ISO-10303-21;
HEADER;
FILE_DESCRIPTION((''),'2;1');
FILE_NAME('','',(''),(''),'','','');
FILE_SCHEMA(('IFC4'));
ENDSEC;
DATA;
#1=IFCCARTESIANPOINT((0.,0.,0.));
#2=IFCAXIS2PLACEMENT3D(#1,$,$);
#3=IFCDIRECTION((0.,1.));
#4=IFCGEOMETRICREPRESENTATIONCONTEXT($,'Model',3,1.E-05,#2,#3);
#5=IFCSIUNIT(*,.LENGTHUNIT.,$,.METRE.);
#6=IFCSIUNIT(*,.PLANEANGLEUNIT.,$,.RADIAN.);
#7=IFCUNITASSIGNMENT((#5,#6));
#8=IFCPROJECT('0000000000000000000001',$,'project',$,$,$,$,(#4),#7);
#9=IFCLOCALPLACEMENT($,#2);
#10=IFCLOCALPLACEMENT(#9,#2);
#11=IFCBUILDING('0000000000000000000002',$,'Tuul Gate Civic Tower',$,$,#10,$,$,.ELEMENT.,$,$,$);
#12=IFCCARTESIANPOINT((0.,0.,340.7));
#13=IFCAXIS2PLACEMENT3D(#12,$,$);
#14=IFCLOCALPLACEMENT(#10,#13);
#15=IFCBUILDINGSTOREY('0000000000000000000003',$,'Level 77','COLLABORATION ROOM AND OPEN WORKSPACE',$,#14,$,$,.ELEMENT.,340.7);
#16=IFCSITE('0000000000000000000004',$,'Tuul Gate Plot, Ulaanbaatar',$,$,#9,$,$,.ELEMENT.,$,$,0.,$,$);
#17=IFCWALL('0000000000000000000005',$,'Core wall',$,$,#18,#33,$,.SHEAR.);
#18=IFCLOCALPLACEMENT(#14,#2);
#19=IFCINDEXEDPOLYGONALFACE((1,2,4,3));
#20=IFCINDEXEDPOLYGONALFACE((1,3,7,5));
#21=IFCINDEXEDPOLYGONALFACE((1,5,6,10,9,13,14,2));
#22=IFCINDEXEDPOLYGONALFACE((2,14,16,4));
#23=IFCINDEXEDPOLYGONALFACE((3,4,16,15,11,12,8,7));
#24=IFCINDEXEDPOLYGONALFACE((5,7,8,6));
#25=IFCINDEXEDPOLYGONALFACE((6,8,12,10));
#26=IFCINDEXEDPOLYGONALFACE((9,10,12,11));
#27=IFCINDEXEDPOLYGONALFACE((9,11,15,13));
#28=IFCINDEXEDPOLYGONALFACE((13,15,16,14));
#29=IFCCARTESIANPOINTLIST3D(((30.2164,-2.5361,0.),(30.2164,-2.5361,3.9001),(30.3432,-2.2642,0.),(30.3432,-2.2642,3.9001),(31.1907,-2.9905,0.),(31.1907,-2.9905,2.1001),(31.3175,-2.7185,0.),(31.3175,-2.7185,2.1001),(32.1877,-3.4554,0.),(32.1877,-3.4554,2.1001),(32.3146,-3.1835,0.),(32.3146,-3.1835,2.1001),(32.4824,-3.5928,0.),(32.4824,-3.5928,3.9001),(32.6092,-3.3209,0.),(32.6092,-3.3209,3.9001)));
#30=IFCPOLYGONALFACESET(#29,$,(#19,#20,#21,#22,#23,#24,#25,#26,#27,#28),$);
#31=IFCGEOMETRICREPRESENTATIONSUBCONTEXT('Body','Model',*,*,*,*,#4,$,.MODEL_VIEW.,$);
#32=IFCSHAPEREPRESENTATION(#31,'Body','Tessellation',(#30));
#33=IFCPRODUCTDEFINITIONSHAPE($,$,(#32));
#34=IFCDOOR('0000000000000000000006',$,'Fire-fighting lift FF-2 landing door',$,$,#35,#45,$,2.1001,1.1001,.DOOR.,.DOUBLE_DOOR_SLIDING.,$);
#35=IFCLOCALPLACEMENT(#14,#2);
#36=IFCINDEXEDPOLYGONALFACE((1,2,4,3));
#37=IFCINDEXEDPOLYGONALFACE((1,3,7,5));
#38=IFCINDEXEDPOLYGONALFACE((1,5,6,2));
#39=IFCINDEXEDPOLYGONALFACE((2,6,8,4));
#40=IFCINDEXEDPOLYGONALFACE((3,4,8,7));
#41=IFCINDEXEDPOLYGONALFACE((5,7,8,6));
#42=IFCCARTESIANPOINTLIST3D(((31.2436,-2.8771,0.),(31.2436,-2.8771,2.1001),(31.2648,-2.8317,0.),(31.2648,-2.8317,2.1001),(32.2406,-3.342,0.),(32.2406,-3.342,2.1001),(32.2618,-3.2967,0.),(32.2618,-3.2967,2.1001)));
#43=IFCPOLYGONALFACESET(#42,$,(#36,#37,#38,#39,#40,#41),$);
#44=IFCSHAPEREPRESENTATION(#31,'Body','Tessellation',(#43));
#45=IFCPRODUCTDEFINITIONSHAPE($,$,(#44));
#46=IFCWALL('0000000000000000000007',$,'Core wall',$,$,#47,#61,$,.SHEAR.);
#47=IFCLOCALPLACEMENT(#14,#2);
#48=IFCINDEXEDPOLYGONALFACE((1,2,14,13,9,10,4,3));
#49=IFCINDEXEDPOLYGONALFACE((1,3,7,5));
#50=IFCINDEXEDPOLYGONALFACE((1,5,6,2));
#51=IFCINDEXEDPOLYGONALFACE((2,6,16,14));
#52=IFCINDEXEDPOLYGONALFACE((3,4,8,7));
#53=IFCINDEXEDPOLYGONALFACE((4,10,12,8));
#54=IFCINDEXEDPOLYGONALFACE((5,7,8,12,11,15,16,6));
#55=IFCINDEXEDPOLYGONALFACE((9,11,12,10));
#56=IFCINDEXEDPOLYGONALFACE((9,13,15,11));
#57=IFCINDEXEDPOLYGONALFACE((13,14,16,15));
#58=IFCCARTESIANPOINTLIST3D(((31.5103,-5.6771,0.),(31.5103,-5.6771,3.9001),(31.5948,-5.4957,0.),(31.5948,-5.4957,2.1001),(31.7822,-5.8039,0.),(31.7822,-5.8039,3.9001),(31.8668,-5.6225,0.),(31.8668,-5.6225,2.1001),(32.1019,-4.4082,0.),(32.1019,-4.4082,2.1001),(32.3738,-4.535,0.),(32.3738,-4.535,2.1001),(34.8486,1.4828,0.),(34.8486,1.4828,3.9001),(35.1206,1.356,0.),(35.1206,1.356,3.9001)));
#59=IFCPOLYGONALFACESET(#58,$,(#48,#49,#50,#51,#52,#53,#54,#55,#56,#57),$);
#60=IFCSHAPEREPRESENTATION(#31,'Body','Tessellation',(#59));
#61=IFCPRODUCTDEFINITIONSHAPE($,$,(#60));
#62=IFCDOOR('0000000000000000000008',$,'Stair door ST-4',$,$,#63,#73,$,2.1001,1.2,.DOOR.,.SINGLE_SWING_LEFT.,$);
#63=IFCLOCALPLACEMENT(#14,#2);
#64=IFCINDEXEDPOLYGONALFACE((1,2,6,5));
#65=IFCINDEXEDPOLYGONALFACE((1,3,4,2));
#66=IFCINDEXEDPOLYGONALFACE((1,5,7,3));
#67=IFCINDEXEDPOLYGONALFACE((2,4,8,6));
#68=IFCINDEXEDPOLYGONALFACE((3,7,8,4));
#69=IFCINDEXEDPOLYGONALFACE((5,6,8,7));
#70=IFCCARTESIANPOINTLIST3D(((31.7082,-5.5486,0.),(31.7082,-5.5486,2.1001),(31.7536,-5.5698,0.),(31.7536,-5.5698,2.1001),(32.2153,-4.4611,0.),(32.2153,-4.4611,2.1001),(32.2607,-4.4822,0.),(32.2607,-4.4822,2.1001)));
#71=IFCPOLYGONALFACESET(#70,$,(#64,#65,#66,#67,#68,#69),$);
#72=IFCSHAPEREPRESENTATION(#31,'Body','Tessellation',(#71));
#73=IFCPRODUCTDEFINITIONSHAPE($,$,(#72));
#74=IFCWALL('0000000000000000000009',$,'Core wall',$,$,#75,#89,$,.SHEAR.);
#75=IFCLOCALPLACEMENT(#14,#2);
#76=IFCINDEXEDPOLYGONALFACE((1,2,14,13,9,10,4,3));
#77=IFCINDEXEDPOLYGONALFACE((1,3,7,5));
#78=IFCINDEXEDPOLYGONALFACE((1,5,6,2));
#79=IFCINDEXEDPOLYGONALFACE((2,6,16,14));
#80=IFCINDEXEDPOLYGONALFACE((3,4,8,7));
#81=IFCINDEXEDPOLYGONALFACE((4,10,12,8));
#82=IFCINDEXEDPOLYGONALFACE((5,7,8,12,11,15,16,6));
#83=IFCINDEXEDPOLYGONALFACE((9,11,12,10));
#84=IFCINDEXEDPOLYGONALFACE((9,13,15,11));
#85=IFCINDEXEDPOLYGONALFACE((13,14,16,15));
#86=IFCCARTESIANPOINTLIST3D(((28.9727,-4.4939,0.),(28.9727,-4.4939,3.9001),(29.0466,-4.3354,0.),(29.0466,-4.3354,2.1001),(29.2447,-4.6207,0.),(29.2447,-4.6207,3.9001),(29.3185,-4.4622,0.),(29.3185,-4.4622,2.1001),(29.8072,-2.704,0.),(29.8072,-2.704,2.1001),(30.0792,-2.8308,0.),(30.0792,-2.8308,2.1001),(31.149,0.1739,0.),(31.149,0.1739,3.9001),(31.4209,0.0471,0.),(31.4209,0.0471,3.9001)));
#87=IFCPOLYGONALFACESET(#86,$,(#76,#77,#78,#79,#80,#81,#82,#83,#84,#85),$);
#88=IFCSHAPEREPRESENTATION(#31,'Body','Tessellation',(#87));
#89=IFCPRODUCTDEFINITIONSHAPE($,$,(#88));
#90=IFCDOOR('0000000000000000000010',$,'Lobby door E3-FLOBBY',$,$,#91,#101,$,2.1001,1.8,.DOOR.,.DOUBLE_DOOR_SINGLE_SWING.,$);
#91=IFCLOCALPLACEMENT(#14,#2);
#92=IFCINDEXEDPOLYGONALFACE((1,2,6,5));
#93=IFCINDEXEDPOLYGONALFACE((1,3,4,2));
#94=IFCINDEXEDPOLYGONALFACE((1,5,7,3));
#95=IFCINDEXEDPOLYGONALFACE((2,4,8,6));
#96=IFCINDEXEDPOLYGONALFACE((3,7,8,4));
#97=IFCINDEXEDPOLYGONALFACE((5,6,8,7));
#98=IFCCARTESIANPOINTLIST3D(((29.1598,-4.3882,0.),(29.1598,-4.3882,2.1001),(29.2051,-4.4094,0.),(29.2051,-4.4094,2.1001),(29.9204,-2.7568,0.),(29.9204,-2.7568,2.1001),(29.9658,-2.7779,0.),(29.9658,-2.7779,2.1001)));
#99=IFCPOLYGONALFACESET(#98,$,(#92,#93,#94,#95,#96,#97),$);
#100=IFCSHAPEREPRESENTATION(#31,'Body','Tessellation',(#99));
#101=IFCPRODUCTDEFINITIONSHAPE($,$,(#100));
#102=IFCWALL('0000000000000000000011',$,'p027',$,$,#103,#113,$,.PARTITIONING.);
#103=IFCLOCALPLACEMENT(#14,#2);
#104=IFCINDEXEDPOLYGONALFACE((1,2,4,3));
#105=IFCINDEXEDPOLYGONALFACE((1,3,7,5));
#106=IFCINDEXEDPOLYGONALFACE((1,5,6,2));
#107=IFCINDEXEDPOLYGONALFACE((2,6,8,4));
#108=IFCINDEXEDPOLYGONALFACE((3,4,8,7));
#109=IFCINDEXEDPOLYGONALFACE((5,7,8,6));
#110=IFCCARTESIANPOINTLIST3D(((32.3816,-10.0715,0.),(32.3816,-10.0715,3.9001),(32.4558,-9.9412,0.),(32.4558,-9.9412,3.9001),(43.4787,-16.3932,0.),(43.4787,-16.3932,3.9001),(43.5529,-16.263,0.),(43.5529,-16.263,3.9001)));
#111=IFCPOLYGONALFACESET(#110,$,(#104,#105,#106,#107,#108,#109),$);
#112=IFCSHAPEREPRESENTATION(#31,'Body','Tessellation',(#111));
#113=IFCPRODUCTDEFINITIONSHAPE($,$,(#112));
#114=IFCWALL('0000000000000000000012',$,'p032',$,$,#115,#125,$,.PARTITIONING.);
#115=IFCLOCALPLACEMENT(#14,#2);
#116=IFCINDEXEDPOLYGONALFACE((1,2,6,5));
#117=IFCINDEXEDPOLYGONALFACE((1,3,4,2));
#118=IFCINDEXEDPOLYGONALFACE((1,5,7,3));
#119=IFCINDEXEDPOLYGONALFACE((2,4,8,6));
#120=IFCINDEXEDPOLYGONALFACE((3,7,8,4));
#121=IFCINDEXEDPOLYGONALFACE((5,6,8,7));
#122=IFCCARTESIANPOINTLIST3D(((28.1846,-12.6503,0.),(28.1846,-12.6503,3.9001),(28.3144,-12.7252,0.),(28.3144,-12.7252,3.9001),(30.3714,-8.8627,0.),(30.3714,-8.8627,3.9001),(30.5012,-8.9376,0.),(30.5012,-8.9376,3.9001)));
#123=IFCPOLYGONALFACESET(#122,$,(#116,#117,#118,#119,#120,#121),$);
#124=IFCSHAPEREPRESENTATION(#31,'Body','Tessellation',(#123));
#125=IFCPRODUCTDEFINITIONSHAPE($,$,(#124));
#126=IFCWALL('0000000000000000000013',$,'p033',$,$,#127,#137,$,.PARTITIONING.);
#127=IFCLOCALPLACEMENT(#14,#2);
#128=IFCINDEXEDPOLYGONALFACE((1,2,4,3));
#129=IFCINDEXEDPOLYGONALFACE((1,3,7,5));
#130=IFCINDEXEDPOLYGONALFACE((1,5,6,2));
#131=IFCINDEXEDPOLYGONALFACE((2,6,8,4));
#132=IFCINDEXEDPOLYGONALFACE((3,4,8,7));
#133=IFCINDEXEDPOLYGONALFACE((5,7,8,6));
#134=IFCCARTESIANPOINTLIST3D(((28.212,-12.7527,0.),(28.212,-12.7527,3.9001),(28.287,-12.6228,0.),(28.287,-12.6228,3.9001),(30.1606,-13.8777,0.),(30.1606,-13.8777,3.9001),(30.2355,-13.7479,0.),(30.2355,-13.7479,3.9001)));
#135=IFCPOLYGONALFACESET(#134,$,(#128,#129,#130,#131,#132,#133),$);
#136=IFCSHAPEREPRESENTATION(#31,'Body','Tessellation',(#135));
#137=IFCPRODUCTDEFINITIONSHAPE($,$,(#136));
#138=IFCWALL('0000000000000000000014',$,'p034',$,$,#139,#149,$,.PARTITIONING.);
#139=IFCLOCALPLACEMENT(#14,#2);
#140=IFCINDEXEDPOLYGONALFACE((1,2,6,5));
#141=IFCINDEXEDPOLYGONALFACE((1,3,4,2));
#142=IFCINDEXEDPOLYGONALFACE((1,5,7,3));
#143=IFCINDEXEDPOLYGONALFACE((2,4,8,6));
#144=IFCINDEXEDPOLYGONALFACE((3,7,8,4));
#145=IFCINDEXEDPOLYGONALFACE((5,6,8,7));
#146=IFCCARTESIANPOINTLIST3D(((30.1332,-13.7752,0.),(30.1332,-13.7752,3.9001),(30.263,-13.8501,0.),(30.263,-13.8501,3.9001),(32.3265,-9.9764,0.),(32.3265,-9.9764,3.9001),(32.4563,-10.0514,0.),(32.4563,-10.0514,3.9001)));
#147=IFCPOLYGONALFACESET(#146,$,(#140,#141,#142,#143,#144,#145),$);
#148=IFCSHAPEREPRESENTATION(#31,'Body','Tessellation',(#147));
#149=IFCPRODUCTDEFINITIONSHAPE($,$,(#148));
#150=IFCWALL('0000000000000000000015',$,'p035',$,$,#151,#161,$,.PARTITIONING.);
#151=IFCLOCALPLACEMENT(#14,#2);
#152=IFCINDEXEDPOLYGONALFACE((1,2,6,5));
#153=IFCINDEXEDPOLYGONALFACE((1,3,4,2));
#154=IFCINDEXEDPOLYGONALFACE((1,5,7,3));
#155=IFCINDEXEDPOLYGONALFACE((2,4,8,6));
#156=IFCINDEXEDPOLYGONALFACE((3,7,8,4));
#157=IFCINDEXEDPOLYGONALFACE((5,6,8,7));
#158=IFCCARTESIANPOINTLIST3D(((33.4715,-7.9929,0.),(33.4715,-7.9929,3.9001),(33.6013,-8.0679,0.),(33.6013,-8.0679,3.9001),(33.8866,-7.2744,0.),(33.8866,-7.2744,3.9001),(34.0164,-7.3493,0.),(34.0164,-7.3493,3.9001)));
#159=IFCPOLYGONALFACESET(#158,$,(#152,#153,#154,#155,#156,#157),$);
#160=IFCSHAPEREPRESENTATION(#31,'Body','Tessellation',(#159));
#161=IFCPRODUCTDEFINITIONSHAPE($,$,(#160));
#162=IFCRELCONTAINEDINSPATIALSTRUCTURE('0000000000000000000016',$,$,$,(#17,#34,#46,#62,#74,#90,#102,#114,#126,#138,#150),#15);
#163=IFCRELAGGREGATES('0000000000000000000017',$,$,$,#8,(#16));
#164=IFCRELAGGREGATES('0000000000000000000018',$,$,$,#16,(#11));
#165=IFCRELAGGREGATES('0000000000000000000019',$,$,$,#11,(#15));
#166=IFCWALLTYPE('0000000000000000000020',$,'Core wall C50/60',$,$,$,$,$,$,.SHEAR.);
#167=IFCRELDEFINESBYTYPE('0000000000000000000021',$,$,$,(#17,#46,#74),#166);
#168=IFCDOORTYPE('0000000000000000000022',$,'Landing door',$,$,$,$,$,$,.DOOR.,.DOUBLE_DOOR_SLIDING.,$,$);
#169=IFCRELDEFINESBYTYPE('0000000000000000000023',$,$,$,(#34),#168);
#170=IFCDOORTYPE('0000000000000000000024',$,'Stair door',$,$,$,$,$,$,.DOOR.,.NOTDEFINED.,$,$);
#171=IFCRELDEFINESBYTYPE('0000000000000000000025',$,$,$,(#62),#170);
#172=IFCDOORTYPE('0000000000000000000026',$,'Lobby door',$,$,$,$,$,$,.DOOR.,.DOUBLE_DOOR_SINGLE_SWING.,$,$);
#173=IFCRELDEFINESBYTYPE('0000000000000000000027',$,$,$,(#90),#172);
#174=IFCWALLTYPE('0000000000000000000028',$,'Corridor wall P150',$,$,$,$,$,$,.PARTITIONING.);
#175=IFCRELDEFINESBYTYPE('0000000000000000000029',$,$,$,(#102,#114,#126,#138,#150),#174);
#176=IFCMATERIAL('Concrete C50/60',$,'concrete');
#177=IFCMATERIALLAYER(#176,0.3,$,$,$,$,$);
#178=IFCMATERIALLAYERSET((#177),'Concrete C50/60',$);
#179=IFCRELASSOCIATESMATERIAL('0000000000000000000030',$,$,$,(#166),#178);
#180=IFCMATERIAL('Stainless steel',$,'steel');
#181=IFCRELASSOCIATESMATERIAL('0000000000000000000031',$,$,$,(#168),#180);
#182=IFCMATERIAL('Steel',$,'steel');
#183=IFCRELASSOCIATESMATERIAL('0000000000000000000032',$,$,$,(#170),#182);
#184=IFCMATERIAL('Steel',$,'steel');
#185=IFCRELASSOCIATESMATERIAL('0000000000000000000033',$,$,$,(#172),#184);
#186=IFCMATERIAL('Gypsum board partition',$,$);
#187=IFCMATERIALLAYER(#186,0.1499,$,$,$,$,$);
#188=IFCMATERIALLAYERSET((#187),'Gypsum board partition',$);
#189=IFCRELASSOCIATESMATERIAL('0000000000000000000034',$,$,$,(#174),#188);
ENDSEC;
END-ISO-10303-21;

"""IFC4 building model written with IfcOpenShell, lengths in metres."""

from ifc_helpers import new_model, si_unit, direction, frame, frame_2d, origin, place, context, subcontext, project, spatial, rectangle, extrude, material, layer, layer_set, type_object, element, fill, save


model = new_model("IFC4")

# Units and contexts
model_context = context("Model", 3, precision=1e-05, world=origin(), true_north=direction((0.0, 1.0)))
body_context = subcontext(model_context, "Body", "Model", "MODEL_VIEW")
ifc_project = project(units=[si_unit("LENGTHUNIT", "METRE"), si_unit("PLANEANGLEUNIT", "RADIAN")], contexts=[model_context])

# Site, building, storey
site_placement = place(None, origin())
site = spatial("IfcSite", under=ifc_project, at=site_placement, Name="Tuul Gate Plot, Ulaanbaatar", CompositionType="ELEMENT", RefElevation=0.0)
building_placement = place(site_placement, origin())
building = spatial("IfcBuilding", under=site, at=building_placement, Name="Tuul Gate Civic Tower", CompositionType="ELEMENT")
storey_placement = place(building_placement, frame((0.0, 0.0, 340.7)))
storey = spatial("IfcBuildingStorey", under=building, at=storey_placement, Name="Level 77", Description="COLLABORATION ROOM AND OPEN WORKSPACE", CompositionType="ELEMENT", Elevation=340.7)

# Walls, openings, doors
ifc_material_1 = material(Name="Concrete C50/60", Category="concrete")
ifc_layer_1 = layer(ifc_material_1, 0.3)
ifc_layer_set_1 = layer_set([ifc_layer_1], Name="Concrete C50/60")
wall_type_1 = type_object("IfcWallType", Name="Core wall C50/60", PredefinedType="SHEAR", material=ifc_layer_set_1)
wall_1_placement = place(storey_placement, frame((32.5457, -3.4568, 0.0), z_axis=(0.0, 0.0, 1.0), x_axis=(-0.9063, 0.422634, 0.0)))
wall_1 = element("IfcWall", 1, at=wall_1_placement, inside=storey, type_object=wall_type_1, Name="Core wall", PredefinedType="SHEAR", context=body_context, shape_type="SweptSolid", body=[
    extrude(rectangle(XDim=2.5002, YDim=0.3, at=frame_2d((1.25, 0.0))), origin(), (0.0, 0.0, 1.0), 3.9001),
])
opening_1_placement = place(wall_1_placement, frame((0.325, 0.0, 0.0)))
opening_1 = element("IfcOpeningElement", 2, at=opening_1_placement, cuts=wall_1, PredefinedType="OPENING", context=body_context, shape_type="SweptSolid", body=[
    extrude(rectangle(XDim=1.1001, YDim=2.1001, at=frame_2d((0.55, 1.05))), frame((0.0, 0.1602, 0.0), z_axis=(0.0, -1.0, 0.0), x_axis=(1.0, 0.0, 0.0)), (0.0, 0.0, 1.0), 0.3201),
])
ifc_material_2 = material(Name="Stainless steel", Category="steel")
door_type_1 = type_object("IfcDoorType", Name="Landing door", OperationType="DOUBLE_DOOR_SLIDING", PredefinedType="DOOR", material=ifc_material_2)
door_1_placement = place(opening_1_placement, origin())
door_1 = element("IfcDoor", 3, at=door_1_placement, inside=storey, type_object=door_type_1, Name="Fire-fighting lift FF-2 landing door", OperationType="DOUBLE_DOOR_SLIDING", OverallHeight=2.1001, OverallWidth=1.1001, PredefinedType="DOOR", context=body_context, shape_type="SweptSolid", body=[
    extrude(rectangle(XDim=1.1001, YDim=2.1001, at=frame_2d((0.55, 1.05))), frame((0.0, 0.0249, 0.0), z_axis=(0.0, -1.0, 0.0), x_axis=(1.0, 0.0, 0.0)), (0.0, 0.0, 1.0), 0.05),
])
fill(opening_1, door_1)
wall_2_placement = place(storey_placement, frame((31.6462, -5.7405, 0.0), z_axis=(0.0, 0.0, 1.0), x_axis=(0.422583, 0.906324, 0.0)))
wall_2 = element("IfcWall", 4, at=wall_2_placement, inside=storey, type_object=wall_type_1, Name="Core wall", PredefinedType="SHEAR", context=body_context, shape_type="SweptSolid", body=[
    extrude(rectangle(XDim=7.8999, YDim=0.3, at=frame_2d((3.95, 0.0))), origin(), (0.0, 0.0, 1.0), 3.9001),
])
opening_2_placement = place(wall_2_placement, frame((0.2, 0.0, 0.0)))
opening_2 = element("IfcOpeningElement", 5, at=opening_2_placement, cuts=wall_2, PredefinedType="OPENING", context=body_context, shape_type="SweptSolid", body=[
    extrude(rectangle(XDim=1.2, YDim=2.1001, at=frame_2d((0.6001, 1.05))), frame((0.0, 0.1602, 0.0), z_axis=(0.0, -1.0, 0.0), x_axis=(1.0, 0.0, 0.0)), (0.0, 0.0, 1.0), 0.3201),
])
ifc_material_3 = material(Name="Steel", Category="steel")
door_type_2 = type_object("IfcDoorType", Name="Stair door", OperationType="NOTDEFINED", PredefinedType="DOOR", material=ifc_material_3)
door_2_placement = place(opening_2_placement, origin())
door_2 = element("IfcDoor", 6, at=door_2_placement, inside=storey, type_object=door_type_2, Name="Stair door ST-4", OperationType="SINGLE_SWING_LEFT", OverallHeight=2.1001, OverallWidth=1.2, PredefinedType="DOOR", context=body_context, shape_type="SweptSolid", body=[
    extrude(rectangle(XDim=1.2, YDim=2.1001, at=frame_2d((0.6001, 1.05))), frame((0.0, 0.0249, 0.0), z_axis=(0.0, -1.0, 0.0), x_axis=(1.0, 0.0, 0.0)), (0.0, 0.0, 1.0), 0.05),
])
fill(opening_2, door_2)
wall_3_placement = place(storey_placement, frame((29.1086, -4.5574, 0.0), z_axis=(0.0, 0.0, 1.0), x_axis=(0.422566, 0.906332, 0.0)))
wall_3 = element("IfcWall", 7, at=wall_3_placement, inside=storey, type_object=wall_type_1, Name="Core wall", PredefinedType="SHEAR", context=body_context, shape_type="SweptSolid", body=[
    extrude(rectangle(XDim=5.1501, YDim=0.3, at=frame_2d((2.5752, 0.0))), origin(), (0.0, 0.0, 1.0), 3.9001),
])
opening_3_placement = place(wall_3_placement, frame((0.175, 0.0, 0.0)))
opening_3 = element("IfcOpeningElement", 8, at=opening_3_placement, cuts=wall_3, PredefinedType="OPENING", context=body_context, shape_type="SweptSolid", body=[
    extrude(rectangle(XDim=1.8, YDim=2.1001, at=frame_2d((0.8999, 1.05))), frame((0.0, 0.1602, 0.0), z_axis=(0.0, -1.0, 0.0), x_axis=(1.0, 0.0, 0.0)), (0.0, 0.0, 1.0), 0.3201),
])
ifc_material_4 = material(Name="Steel", Category="steel")
door_type_3 = type_object("IfcDoorType", Name="Lobby door", OperationType="DOUBLE_DOOR_SINGLE_SWING", PredefinedType="DOOR", material=ifc_material_4)
door_3_placement = place(opening_3_placement, frame((1.8, 0.0, 0.0), z_axis=(0.0, 0.0, 1.0), x_axis=(-1.0, 0.0, 0.0)))
door_3 = element("IfcDoor", 9, at=door_3_placement, inside=storey, type_object=door_type_3, Name="Lobby door E3-FLOBBY", OperationType="DOUBLE_DOOR_SINGLE_SWING", OverallHeight=2.1001, OverallWidth=1.8, PredefinedType="DOOR", context=body_context, shape_type="SweptSolid", body=[
    extrude(rectangle(XDim=1.8, YDim=2.1001, at=frame_2d((0.9001, 1.05))), frame((0.0, 0.0249, 0.0), z_axis=(0.0, -1.0, 0.0), x_axis=(1.0, 0.0, 0.0)), (0.0, 0.0, 1.0), 0.05),
])
fill(opening_3, door_3)

# Walls
ifc_material_5 = material(Name="Gypsum board partition")
ifc_layer_2 = layer(ifc_material_5, 0.1499)
ifc_layer_set_2 = layer_set([ifc_layer_2], Name="Gypsum board partition")
wall_type_2 = type_object("IfcWallType", Name="Corridor wall P150", PredefinedType="PARTITIONING", material=ifc_layer_set_2)
wall_4_placement = place(storey_placement, frame((32.4187, -10.0063, 0.0), z_axis=(0.0, 0.0, 1.0), x_axis=(0.868899, -0.49499, 0.0)))
element("IfcWall", 10, at=wall_4_placement, inside=storey, type_object=wall_type_2, Name="p027", PredefinedType="PARTITIONING", context=body_context, shape_type="SweptSolid", body=[
    extrude(rectangle(XDim=12.7715, YDim=0.1499, at=frame_2d((6.3857, 0.0))), origin(), (0.0, 0.0, 1.0), 3.9001),
])
wall_5_placement = place(storey_placement, frame((28.2495, -12.6877, 0.0), z_axis=(0.0, 0.0, 1.0), x_axis=(0.499999, 0.866026, 0.0)))
element("IfcWall", 11, at=wall_5_placement, inside=storey, type_object=wall_type_2, Name="p032", PredefinedType="PARTITIONING", context=body_context, shape_type="SweptSolid", body=[
    extrude(rectangle(XDim=4.3735, YDim=0.1499, at=frame_2d((2.1868, 0.0))), origin(), (0.0, 0.0, 1.0), 3.9001),
])
wall_6_placement = place(storey_placement, frame((28.2495, -12.6877, 0.0), z_axis=(0.0, 0.0, 1.0), x_axis=(0.866018, -0.500014, 0.0)))
element("IfcWall", 12, at=wall_6_placement, inside=storey, type_object=wall_type_2, Name="p033", PredefinedType="PARTITIONING", context=body_context, shape_type="SweptSolid", body=[
    extrude(rectangle(XDim=2.25, YDim=0.1499, at=frame_2d((1.125, 0.0))), origin(), (0.0, 0.0, 1.0), 3.9001),
])
wall_7_placement = place(storey_placement, frame((30.198, -13.8127, 0.0), z_axis=(0.0, 0.0, 1.0), x_axis=(0.500018, 0.866015, 0.0)))
element("IfcWall", 13, at=wall_7_placement, inside=storey, type_object=wall_type_2, Name="p034", PredefinedType="PARTITIONING", context=body_context, shape_type="SweptSolid", body=[
    extrude(rectangle(XDim=4.3865, YDim=0.1499, at=frame_2d((2.1934, 0.0))), origin(), (0.0, 0.0, 1.0), 3.9001),
])
wall_8_placement = place(storey_placement, frame((33.5364, -8.0305, 0.0), z_axis=(0.0, 0.0, 1.0), x_axis=(0.500189, 0.865916, 0.0)))
element("IfcWall", 14, at=wall_8_placement, inside=storey, type_object=wall_type_2, Name="p035", PredefinedType="PARTITIONING", context=body_context, shape_type="SweptSolid", body=[
    extrude(rectangle(XDim=0.8298, YDim=0.1499, at=frame_2d((0.415, 0.0))), origin(), (0.0, 0.0, 1.0), 3.9001),
])

save(model, "model.ifc")
